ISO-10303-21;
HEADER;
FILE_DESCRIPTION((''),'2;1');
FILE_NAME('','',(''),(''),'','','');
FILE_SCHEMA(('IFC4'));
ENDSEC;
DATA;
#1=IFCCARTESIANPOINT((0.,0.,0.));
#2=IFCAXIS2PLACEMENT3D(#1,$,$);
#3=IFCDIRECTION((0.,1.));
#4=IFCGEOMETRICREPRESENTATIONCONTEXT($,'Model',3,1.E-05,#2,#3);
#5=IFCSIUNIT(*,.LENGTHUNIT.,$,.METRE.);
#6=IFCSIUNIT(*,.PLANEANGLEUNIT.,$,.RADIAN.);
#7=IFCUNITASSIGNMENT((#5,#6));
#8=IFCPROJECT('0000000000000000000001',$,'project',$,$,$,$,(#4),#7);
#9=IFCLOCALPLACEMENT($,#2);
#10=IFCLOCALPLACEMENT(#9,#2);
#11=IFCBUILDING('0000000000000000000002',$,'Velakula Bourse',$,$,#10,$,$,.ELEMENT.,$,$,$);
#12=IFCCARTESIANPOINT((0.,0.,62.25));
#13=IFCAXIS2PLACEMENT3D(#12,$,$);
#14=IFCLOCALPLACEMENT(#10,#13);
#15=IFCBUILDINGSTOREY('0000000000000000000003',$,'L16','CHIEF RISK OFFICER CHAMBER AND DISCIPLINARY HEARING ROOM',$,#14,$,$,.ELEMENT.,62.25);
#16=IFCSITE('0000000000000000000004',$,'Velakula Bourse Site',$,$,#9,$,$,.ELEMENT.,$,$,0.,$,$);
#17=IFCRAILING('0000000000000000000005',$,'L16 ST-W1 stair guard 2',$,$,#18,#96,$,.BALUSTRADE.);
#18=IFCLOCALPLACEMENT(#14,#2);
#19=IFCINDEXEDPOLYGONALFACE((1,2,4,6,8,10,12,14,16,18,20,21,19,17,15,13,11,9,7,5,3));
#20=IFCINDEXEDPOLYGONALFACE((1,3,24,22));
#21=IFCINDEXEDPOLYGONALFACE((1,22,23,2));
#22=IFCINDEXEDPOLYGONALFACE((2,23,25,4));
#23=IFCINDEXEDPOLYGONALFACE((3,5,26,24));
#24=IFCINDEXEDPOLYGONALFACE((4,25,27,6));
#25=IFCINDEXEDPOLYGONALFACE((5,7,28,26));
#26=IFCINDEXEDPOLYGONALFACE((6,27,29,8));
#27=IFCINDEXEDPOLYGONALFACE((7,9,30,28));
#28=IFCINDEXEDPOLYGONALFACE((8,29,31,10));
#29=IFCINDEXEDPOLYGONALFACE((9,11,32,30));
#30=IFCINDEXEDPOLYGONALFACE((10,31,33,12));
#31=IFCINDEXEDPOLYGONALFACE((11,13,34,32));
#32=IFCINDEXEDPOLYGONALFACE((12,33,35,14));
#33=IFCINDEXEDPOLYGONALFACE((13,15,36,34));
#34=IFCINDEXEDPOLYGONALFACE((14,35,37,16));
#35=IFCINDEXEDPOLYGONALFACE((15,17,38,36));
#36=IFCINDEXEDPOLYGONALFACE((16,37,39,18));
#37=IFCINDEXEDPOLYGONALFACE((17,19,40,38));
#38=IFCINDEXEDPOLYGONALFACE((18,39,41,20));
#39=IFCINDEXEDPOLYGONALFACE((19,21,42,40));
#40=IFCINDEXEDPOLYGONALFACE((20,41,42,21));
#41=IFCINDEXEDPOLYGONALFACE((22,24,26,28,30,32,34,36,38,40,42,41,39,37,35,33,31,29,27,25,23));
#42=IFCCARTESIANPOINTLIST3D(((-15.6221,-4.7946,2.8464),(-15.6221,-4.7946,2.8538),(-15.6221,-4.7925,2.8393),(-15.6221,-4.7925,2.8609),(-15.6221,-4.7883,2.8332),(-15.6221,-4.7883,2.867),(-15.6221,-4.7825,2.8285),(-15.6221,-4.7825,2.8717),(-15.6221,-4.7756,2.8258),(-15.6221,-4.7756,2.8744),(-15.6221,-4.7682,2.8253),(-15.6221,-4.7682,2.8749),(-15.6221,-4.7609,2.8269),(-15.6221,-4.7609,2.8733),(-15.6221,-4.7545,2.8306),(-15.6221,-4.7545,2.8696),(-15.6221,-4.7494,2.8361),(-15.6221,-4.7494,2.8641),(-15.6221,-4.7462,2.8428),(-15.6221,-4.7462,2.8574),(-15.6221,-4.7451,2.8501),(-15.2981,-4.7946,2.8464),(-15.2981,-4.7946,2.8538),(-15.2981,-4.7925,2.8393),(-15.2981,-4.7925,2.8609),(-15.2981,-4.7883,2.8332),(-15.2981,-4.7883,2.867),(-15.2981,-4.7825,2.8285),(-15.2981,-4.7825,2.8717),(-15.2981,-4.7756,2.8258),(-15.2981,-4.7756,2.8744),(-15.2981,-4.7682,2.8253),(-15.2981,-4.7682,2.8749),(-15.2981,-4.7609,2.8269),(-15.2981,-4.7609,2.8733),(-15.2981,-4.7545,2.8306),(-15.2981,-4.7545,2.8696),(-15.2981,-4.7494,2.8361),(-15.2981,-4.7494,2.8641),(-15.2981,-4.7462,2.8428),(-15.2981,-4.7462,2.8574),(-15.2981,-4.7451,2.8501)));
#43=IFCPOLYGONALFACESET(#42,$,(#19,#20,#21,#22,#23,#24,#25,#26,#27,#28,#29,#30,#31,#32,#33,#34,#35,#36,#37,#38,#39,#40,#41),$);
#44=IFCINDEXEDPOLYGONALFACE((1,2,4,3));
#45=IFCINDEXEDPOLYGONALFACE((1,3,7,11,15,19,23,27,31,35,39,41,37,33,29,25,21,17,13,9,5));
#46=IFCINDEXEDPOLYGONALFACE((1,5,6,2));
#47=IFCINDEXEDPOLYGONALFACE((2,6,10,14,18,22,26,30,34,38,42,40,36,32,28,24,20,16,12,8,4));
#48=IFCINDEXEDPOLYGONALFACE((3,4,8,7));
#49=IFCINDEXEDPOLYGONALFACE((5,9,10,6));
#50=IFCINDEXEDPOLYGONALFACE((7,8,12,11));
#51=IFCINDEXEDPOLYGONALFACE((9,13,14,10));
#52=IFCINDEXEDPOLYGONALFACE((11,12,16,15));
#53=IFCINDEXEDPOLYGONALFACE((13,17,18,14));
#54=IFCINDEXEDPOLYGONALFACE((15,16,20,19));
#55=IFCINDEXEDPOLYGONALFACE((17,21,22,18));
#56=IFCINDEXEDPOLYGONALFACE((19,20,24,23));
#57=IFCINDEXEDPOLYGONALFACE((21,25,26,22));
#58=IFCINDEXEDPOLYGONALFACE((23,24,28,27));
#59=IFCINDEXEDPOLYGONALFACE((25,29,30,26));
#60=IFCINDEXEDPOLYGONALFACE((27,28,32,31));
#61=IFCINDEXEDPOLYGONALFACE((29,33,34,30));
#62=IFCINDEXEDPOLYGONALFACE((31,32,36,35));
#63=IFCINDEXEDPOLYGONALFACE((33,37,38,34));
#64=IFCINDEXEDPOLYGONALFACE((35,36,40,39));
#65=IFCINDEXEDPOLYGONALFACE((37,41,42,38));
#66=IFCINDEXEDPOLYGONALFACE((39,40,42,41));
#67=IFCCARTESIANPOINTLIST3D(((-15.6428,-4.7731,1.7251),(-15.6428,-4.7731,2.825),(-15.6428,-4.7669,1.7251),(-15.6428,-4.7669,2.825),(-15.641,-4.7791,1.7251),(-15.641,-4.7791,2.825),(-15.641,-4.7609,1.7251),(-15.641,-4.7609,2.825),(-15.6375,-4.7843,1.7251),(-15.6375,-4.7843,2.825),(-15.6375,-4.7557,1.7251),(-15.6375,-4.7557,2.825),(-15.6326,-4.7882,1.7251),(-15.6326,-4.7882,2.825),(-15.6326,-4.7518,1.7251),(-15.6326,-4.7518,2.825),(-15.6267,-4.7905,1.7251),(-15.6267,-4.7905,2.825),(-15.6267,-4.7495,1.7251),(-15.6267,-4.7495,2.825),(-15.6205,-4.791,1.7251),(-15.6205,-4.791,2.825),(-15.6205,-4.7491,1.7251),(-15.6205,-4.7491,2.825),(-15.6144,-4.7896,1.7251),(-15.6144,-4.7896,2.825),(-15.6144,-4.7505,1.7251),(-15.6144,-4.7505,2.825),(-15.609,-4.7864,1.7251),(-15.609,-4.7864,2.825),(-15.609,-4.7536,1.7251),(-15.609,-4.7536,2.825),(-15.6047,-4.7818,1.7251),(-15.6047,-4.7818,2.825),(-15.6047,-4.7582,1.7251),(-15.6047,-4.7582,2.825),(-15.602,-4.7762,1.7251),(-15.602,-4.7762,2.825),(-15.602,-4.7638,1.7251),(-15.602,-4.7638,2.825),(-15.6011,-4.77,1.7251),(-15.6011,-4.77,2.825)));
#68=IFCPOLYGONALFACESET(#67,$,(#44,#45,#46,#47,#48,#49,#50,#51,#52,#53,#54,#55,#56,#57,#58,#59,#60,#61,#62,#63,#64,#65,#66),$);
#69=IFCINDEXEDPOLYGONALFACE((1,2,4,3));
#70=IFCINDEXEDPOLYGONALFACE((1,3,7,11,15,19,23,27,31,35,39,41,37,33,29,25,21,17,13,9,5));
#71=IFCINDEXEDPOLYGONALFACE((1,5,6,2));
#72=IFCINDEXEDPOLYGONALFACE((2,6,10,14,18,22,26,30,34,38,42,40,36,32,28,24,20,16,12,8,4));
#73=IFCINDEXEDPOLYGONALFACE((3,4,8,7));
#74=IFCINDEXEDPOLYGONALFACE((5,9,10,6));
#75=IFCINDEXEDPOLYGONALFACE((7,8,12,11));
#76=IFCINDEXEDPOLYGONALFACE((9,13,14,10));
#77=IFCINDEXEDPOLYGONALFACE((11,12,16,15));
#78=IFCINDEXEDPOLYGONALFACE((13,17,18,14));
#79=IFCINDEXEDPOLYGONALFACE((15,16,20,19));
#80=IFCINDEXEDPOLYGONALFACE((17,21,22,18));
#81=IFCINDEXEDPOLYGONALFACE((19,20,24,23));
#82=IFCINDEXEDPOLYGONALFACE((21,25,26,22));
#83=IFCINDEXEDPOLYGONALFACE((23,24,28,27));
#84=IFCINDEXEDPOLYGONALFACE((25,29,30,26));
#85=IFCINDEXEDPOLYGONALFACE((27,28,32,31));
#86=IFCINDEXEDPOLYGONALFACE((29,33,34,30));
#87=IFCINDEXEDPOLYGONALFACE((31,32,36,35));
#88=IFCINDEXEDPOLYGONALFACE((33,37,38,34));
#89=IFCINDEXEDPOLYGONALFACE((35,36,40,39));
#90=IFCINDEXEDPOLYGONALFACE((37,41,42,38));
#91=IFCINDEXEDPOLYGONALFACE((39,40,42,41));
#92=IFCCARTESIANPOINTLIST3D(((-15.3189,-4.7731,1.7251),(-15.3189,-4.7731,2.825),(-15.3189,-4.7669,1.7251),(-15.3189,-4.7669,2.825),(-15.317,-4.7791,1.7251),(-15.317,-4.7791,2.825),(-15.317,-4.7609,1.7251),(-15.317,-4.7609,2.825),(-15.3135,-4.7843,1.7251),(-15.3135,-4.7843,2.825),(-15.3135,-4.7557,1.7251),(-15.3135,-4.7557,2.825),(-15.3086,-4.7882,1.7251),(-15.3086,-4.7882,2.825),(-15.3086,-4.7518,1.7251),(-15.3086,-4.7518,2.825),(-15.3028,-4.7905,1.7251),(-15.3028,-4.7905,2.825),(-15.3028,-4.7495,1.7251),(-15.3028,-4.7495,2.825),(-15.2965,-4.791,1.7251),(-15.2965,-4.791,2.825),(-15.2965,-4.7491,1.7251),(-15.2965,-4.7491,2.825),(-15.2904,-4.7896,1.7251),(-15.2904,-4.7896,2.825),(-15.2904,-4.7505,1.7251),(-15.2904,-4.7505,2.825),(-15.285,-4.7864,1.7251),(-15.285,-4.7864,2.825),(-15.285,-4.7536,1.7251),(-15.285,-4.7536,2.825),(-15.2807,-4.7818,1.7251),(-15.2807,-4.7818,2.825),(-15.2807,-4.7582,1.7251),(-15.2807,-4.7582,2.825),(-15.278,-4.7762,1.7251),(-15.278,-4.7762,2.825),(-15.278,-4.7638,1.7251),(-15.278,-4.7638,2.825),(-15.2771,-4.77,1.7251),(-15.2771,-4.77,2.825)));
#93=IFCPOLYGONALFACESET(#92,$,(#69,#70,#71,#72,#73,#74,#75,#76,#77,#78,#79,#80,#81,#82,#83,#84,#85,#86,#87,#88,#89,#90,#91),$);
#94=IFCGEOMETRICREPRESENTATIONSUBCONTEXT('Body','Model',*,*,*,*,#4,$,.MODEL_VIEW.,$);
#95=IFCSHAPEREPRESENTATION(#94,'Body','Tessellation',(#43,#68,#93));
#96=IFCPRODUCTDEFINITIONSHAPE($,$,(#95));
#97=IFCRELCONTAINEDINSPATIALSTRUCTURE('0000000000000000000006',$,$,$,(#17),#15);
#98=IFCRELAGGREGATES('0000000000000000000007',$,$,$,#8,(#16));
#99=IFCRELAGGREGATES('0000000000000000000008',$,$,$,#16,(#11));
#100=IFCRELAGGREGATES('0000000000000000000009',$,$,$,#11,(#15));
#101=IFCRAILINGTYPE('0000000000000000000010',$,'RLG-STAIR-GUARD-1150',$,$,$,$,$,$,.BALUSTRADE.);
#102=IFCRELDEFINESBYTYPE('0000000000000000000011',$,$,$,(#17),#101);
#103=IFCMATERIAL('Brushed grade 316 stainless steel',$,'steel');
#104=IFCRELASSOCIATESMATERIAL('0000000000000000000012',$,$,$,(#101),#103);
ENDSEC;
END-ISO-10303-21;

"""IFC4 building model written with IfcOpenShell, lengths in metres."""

from ifc_helpers import new_model, si_unit, direction, frame, origin, origin_2d, place, context, subcontext, project, spatial, circle, extrude, material, type_object, element, save


model = new_model("IFC4")

# Units and contexts
model_context = context("Model", 3, precision=1e-05, world=origin(), true_north=direction((0.0, 1.0)))
body_context = subcontext(model_context, "Body", "Model", "MODEL_VIEW")
ifc_project = project(units=[si_unit("LENGTHUNIT", "METRE"), si_unit("PLANEANGLEUNIT", "RADIAN")], contexts=[model_context])

# Site, building, storey
site_placement = place(None, origin())
site = spatial("IfcSite", under=ifc_project, at=site_placement, Name="Velakula Bourse Site", CompositionType="ELEMENT", RefElevation=0.0)
building_placement = place(site_placement, origin())
building = spatial("IfcBuilding", under=site, at=building_placement, Name="Velakula Bourse", CompositionType="ELEMENT")
storey_placement = place(building_placement, frame((0.0, 0.0, 62.25)))
storey = spatial("IfcBuildingStorey", under=building, at=storey_placement, Name="L16", Description="CHIEF RISK OFFICER CHAMBER AND DISCIPLINARY HEARING ROOM", CompositionType="ELEMENT", Elevation=62.25)

# Shared definitions
ifc_material_1 = material(Name="Brushed grade 316 stainless steel", Category="steel")

# Railing
railing_type_1 = type_object("IfcRailingType", Name="RLG-STAIR-GUARD-1150", PredefinedType="BALUSTRADE", material=ifc_material_1)
railing_1_placement = place(storey_placement, frame((-15.6221, -4.77, 1.7251)))
element("IfcRailing", 1, at=railing_1_placement, inside=storey, type_object=railing_type_1, Name="L16 ST-W1 stair guard 2", PredefinedType="BALUSTRADE", context=body_context, shape_type="SweptSolid", body=[
    extrude(circle(Radius=0.0249, at=origin_2d()), frame((0.0, 0.0, 1.125), z_axis=(1.0, 0.0, 0.0), x_axis=(0.0, 1.0, 0.0)), (0.0, 0.0, 1.0), 0.324),
    extrude(circle(Radius=0.021, at=origin_2d()), origin(), (0.0, 0.0, 1.0), 1.0999),
    extrude(circle(Radius=0.021, at=origin_2d()), frame((0.324, 0.0, 0.0)), (0.0, 0.0, 1.0), 1.0999),
])

save(model, "model.ifc")
